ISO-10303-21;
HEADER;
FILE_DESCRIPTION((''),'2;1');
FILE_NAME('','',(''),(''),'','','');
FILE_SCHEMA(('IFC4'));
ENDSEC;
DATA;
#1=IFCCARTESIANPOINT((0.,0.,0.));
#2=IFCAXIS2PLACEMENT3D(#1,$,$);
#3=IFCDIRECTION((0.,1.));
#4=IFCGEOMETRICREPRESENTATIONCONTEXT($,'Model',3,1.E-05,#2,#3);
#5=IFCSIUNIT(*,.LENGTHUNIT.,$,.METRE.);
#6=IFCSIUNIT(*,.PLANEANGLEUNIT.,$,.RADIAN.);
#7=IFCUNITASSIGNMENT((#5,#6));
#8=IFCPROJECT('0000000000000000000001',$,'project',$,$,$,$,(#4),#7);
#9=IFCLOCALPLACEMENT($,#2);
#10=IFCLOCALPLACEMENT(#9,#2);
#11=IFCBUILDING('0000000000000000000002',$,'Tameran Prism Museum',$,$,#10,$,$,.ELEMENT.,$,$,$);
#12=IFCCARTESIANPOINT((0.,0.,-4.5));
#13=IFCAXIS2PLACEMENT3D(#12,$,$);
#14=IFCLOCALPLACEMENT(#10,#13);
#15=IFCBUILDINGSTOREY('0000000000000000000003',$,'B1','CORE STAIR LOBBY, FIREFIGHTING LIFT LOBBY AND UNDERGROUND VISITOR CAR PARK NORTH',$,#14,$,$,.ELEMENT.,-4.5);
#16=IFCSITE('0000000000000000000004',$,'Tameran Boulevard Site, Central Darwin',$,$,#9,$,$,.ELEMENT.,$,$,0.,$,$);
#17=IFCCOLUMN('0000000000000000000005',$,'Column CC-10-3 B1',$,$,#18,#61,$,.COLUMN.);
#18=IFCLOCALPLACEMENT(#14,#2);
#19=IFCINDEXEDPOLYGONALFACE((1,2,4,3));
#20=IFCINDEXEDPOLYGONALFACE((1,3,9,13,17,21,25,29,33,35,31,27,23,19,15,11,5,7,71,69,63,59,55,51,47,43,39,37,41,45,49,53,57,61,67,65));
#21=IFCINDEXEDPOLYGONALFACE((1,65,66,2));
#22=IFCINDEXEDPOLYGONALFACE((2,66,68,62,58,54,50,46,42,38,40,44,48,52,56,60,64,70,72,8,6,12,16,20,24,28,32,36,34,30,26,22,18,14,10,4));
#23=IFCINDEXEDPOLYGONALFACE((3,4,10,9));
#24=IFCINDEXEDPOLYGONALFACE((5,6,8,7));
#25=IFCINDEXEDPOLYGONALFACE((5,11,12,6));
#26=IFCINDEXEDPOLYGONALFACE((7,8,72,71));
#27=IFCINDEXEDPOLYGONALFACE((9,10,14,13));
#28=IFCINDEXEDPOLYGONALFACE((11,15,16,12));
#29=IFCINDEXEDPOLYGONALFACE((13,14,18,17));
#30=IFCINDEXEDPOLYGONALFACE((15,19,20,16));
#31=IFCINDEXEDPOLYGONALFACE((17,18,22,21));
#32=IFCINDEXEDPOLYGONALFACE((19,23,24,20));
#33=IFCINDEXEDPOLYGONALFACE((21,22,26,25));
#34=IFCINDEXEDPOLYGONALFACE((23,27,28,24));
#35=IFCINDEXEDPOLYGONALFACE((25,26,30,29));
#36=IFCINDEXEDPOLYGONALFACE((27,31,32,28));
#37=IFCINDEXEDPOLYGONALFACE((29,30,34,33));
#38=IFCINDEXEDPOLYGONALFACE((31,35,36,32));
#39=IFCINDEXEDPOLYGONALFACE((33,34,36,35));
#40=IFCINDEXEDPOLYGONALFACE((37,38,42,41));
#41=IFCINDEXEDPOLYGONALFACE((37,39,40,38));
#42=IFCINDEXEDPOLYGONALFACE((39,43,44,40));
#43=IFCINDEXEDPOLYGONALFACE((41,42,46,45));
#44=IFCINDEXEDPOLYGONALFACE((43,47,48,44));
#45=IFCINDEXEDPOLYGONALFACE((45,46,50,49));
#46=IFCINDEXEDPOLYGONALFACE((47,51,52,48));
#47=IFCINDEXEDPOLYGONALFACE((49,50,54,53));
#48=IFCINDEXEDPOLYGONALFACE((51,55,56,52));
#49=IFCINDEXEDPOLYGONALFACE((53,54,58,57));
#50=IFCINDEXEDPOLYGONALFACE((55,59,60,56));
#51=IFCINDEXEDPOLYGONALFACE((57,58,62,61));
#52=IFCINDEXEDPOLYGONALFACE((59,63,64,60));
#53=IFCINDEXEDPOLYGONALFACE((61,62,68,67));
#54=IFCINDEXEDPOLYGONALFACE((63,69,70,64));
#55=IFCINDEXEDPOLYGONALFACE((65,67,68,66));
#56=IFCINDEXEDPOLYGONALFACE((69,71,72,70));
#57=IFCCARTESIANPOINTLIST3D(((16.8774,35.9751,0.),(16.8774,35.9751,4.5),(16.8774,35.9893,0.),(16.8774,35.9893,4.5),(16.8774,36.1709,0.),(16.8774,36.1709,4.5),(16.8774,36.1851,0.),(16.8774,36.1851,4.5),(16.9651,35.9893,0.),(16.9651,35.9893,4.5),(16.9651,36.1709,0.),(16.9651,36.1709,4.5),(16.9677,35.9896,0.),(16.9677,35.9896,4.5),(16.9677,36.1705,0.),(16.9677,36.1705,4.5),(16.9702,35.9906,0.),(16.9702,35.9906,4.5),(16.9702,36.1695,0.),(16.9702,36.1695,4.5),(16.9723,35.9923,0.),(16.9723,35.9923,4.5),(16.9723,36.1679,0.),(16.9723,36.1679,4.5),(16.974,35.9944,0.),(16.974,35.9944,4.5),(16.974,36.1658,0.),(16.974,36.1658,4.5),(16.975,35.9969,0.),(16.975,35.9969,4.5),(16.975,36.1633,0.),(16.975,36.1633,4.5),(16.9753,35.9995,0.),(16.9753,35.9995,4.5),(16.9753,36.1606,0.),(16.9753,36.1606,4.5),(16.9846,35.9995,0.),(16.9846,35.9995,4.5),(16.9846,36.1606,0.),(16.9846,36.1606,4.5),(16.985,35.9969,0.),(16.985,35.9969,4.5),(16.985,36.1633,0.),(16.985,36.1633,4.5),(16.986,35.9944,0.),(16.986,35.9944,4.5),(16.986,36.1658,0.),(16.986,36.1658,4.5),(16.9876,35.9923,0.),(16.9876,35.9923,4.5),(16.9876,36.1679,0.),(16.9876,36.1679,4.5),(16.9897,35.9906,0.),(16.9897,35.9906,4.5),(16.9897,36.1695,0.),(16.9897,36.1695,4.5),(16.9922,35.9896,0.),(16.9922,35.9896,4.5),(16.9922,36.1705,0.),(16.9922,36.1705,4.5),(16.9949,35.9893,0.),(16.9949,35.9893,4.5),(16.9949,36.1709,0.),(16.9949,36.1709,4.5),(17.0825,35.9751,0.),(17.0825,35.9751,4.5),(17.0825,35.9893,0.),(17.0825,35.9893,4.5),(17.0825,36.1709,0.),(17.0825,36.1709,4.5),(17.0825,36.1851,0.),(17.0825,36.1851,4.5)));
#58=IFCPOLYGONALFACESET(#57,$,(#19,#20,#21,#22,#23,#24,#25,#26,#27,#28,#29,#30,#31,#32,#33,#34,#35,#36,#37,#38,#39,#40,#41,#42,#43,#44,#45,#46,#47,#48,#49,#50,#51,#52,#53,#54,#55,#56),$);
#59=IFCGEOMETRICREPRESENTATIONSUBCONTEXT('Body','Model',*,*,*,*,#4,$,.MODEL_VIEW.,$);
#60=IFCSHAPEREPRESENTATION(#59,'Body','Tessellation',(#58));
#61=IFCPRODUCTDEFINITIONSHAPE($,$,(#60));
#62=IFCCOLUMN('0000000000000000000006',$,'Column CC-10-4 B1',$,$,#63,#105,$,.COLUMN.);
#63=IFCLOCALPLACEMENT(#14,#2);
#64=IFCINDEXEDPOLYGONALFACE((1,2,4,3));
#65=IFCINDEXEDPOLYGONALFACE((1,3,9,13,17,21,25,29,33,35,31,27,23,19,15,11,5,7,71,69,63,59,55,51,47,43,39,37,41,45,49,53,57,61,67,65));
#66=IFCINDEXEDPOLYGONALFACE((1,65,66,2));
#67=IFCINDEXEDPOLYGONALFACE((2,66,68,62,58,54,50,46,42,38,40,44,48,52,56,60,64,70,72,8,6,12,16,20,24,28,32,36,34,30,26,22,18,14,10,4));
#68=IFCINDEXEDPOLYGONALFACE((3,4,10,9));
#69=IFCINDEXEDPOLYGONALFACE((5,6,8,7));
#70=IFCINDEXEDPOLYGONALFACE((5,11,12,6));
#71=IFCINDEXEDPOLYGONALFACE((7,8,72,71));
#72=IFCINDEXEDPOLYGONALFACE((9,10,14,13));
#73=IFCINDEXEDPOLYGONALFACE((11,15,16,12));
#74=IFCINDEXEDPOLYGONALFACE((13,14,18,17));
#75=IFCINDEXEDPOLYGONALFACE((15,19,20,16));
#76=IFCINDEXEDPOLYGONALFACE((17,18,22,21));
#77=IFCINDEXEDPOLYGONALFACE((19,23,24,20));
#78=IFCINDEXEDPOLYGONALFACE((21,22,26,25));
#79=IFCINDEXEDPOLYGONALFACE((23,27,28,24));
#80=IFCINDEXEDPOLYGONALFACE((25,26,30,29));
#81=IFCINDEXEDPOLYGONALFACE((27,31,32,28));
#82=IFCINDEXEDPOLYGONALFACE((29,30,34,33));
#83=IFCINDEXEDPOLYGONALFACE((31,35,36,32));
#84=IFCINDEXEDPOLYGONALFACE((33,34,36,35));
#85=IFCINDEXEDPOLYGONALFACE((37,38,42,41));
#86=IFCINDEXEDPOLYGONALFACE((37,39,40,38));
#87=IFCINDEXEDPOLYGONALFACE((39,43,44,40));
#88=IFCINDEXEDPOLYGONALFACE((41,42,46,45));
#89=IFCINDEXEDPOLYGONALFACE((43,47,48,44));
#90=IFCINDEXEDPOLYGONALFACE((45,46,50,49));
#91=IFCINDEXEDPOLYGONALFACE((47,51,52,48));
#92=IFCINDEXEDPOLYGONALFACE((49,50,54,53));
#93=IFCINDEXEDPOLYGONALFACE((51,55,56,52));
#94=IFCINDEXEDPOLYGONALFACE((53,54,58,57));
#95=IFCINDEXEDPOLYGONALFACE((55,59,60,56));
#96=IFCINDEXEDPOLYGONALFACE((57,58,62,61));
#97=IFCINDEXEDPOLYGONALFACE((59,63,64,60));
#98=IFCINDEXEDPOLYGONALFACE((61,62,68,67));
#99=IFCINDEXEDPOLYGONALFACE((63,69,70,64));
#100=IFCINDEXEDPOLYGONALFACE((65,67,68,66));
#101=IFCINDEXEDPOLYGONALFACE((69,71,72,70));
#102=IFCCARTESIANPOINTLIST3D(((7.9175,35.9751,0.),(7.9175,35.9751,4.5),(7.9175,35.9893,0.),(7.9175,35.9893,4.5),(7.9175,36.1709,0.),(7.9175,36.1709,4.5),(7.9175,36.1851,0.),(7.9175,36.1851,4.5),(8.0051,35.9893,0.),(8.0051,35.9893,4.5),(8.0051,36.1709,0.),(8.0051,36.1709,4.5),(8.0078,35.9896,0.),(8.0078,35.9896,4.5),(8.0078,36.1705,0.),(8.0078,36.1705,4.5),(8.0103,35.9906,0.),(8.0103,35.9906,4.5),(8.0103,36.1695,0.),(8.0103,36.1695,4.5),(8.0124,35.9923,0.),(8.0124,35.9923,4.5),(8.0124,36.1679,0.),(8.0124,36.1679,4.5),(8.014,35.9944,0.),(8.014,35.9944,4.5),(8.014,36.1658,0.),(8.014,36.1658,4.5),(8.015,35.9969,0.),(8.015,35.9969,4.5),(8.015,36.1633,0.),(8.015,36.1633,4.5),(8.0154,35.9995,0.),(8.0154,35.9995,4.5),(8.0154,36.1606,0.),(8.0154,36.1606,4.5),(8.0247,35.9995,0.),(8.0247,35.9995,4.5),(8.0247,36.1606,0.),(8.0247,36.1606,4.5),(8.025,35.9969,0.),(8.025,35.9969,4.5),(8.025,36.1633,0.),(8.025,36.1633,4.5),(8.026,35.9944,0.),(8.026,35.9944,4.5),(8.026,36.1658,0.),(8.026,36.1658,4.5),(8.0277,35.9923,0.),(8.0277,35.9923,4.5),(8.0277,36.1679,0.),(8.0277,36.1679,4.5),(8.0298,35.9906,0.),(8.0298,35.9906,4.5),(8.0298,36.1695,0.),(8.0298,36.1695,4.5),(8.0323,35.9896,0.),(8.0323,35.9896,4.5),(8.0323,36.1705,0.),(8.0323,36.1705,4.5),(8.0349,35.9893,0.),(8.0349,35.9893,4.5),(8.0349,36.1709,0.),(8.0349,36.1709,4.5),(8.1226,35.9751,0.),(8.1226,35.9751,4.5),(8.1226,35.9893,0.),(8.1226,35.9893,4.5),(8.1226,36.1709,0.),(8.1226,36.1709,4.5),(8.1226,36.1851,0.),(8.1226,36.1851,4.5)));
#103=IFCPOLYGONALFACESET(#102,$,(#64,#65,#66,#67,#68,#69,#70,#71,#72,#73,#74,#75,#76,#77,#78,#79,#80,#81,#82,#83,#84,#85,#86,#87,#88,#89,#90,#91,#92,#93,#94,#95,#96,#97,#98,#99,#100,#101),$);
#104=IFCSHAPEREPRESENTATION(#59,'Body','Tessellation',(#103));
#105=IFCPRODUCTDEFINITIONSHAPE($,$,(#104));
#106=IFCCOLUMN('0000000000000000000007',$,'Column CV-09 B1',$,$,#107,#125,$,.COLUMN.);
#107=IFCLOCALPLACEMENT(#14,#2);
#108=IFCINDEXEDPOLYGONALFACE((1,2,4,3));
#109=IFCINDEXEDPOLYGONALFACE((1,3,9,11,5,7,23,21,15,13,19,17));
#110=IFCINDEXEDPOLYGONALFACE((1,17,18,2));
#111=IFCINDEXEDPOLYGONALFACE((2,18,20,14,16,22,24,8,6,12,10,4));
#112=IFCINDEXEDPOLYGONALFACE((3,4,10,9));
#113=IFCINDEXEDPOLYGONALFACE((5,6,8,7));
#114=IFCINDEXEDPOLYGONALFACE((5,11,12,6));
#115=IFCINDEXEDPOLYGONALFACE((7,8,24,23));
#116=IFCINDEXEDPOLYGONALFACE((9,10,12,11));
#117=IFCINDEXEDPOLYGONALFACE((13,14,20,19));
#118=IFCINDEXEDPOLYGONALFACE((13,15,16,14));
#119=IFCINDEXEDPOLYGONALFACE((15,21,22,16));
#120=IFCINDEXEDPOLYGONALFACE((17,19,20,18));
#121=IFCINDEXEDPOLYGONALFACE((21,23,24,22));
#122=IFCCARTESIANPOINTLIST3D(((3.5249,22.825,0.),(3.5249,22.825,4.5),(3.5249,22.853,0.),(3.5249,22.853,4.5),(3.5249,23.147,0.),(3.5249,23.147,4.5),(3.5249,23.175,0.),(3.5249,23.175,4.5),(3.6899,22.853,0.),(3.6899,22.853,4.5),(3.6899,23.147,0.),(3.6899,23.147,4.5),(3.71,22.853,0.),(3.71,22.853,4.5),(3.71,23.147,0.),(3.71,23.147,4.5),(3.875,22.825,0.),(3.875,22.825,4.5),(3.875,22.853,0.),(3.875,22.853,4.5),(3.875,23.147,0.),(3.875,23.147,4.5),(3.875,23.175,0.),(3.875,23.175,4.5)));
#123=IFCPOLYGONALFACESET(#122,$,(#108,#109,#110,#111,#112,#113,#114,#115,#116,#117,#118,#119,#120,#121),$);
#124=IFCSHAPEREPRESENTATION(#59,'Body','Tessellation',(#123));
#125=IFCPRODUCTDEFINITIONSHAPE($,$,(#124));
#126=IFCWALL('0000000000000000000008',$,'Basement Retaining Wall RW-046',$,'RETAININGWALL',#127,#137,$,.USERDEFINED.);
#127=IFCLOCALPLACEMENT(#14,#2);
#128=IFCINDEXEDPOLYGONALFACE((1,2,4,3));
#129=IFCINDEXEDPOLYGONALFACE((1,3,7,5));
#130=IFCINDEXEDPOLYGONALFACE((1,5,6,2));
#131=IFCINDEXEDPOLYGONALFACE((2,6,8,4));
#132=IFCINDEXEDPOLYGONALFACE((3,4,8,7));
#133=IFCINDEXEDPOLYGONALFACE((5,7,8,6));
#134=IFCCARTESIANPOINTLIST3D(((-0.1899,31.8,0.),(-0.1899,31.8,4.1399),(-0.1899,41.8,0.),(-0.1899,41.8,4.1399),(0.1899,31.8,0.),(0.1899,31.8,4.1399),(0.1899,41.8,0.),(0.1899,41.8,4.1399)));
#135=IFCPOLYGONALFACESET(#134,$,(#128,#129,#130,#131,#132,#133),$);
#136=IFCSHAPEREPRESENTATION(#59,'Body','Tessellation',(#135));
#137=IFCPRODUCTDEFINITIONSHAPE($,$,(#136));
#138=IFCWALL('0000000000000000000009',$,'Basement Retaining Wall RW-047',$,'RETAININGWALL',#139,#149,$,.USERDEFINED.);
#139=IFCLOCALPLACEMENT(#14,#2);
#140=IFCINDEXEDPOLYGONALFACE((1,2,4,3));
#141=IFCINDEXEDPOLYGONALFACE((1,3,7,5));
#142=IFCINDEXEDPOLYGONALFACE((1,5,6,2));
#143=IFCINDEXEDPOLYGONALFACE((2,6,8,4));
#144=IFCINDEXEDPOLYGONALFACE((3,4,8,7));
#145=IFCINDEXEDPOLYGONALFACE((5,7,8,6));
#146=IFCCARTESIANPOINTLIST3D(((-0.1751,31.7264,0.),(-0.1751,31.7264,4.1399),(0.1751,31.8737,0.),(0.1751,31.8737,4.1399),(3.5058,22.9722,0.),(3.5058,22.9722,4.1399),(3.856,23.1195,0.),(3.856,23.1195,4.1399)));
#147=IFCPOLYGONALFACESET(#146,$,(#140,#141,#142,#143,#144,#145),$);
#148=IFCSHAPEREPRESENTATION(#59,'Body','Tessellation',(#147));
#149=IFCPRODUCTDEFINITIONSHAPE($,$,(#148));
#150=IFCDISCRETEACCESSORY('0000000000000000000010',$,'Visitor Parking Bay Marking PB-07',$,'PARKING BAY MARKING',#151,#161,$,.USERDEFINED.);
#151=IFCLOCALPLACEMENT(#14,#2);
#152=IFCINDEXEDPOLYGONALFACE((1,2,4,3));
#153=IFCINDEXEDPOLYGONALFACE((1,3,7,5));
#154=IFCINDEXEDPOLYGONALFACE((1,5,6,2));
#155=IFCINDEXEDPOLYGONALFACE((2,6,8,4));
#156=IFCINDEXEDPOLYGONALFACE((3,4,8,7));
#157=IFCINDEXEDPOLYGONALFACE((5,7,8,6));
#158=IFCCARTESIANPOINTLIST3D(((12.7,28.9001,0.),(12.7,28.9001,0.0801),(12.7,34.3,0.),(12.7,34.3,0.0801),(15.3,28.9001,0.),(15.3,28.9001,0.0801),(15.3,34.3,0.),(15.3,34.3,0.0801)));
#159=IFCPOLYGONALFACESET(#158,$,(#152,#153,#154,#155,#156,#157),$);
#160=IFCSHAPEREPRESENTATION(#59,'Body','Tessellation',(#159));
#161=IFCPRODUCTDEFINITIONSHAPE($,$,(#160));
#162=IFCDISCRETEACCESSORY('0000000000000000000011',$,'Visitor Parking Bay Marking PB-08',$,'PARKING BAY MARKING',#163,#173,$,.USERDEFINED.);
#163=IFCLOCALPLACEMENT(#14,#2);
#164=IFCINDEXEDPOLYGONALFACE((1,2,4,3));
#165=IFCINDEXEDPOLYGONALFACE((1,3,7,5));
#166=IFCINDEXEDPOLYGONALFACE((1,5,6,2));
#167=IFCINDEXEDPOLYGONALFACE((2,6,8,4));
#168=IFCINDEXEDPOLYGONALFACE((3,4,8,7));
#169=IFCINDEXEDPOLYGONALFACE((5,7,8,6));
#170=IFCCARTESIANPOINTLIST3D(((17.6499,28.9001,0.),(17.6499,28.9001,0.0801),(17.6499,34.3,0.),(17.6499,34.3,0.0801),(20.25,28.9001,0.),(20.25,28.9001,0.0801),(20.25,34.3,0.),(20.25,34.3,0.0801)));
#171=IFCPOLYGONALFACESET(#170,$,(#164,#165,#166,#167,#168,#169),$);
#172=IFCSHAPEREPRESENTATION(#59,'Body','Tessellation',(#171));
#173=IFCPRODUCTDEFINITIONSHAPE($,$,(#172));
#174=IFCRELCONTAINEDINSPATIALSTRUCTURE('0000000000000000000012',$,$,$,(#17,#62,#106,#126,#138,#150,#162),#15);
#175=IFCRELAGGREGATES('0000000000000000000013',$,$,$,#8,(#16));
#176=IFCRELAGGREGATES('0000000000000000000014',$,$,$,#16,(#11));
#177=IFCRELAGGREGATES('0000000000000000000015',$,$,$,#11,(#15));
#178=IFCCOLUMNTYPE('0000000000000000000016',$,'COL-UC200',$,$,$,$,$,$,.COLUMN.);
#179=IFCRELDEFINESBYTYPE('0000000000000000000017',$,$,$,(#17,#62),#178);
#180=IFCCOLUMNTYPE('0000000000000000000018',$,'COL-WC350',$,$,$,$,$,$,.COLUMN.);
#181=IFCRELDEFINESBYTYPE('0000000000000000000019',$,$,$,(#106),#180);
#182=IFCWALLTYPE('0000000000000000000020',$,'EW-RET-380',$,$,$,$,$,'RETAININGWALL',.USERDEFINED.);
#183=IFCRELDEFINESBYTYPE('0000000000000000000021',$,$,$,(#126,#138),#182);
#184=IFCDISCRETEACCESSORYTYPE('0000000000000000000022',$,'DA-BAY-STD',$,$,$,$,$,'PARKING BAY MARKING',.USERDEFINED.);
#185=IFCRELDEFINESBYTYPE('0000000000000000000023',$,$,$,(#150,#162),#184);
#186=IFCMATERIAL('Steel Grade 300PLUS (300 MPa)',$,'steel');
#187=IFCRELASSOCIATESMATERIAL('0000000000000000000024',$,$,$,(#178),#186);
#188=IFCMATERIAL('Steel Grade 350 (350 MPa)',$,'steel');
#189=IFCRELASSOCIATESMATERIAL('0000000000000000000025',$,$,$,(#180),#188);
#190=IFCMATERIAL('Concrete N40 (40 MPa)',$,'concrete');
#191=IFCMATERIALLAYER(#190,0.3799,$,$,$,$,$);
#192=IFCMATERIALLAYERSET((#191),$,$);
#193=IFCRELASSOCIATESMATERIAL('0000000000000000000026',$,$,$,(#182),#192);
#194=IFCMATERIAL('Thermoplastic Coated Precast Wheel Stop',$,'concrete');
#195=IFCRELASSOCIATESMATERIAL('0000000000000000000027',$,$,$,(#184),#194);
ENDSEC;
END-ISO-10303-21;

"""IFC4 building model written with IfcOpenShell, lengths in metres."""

from ifc_helpers import new_model, si_unit, direction, frame, frame_2d, origin, origin_2d, place, context, subcontext, project, spatial, rectangle, i_section, extrude, material, layer, layer_set, material_profile, profile_set, type_object, element, save


model = new_model("IFC4")

# Units and contexts
model_context = context("Model", 3, precision=1e-05, world=origin(), true_north=direction((0.0, 1.0)))
body_context = subcontext(model_context, "Body", "Model", "MODEL_VIEW")
ifc_project = project(units=[si_unit("LENGTHUNIT", "METRE"), si_unit("PLANEANGLEUNIT", "RADIAN")], contexts=[model_context])

# Site, building, storey
site_placement = place(None, origin())
site = spatial("IfcSite", under=ifc_project, at=site_placement, Name="Tameran Boulevard Site, Central Darwin", CompositionType="ELEMENT", RefElevation=0.0)
building_placement = place(site_placement, origin())
building = spatial("IfcBuilding", under=site, at=building_placement, Name="Tameran Prism Museum", CompositionType="ELEMENT")
storey_placement = place(building_placement, frame((0.0, 0.0, -4.5)))
storey = spatial("IfcBuildingStorey", under=building, at=storey_placement, Name="B1", Description="CORE STAIR LOBBY, FIREFIGHTING LIFT LOBBY AND UNDERGROUND VISITOR CAR PARK NORTH", CompositionType="ELEMENT", Elevation=-4.5)

# Columns
ifc_material_1 = material(Name="Steel Grade 300PLUS (300 MPa)", Category="steel")
ifc_material_profile_1 = material_profile(ifc_material_1, i_section(OverallWidth=0.2051, OverallDepth=0.21, WebThickness=0.0093, FlangeThickness=0.0142, FilletRadius=0.0103, at=origin_2d()))
ifc_profile_set_1 = profile_set([ifc_material_profile_1])
column_type_1 = type_object("IfcColumnType", Name="COL-UC200", PredefinedType="COLUMN", material=ifc_profile_set_1)
for number, where, z_axis, x_axis, name in (
    (1, (16.98, 36.0801, 0.0), (0.0, 0.0, 1.0), (1.0, 0.0, 0.0), "Column CC-10-3 B1"),
    (2, (8.02, 36.0801, 0.0), (0.0, 0.0, 1.0), (1.0, 0.0, 0.0), "Column CC-10-4 B1"),
):
    element("IfcColumn", number, at=place(storey_placement, frame(where, z_axis=z_axis, x_axis=x_axis)), inside=storey, type_object=column_type_1, Name=name, PredefinedType="COLUMN", context=body_context, shape_type="SweptSolid", body=[
        extrude(i_section(OverallWidth=0.2051, OverallDepth=0.21, WebThickness=0.0093, FlangeThickness=0.0142, FilletRadius=0.0103, at=origin_2d()), origin(), (0.0, 0.0, 1.0), 4.5),
    ])
ifc_material_2 = material(Name="Steel Grade 350 (350 MPa)", Category="steel")
ifc_material_profile_2 = material_profile(ifc_material_2, i_section(OverallWidth=0.3501, OverallDepth=0.3501, WebThickness=0.02, FlangeThickness=0.0281, at=origin_2d()))
ifc_profile_set_2 = profile_set([ifc_material_profile_2])
column_type_2 = type_object("IfcColumnType", Name="COL-WC350", PredefinedType="COLUMN", material=ifc_profile_set_2)
column_placement = place(storey_placement, frame((3.7, 23.0, 0.0), z_axis=(0.0, 0.0, 1.0), x_axis=(1.0, 0.0, 0.0)))
element("IfcColumn", 3, at=column_placement, inside=storey, type_object=column_type_2, Name="Column CV-09 B1", PredefinedType="COLUMN", context=body_context, shape_type="SweptSolid", body=[
    extrude(i_section(OverallWidth=0.3501, OverallDepth=0.3501, WebThickness=0.02, FlangeThickness=0.0281, at=origin_2d()), origin(), (0.0, 0.0, 1.0), 4.5),
])

# Walls
ifc_material_3 = material(Name="Concrete N40 (40 MPa)", Category="concrete")
ifc_layer = layer(ifc_material_3, 0.3799)
ifc_layer_set = layer_set([ifc_layer])
wall_type = type_object("IfcWallType", Name="EW-RET-380", ElementType="RETAININGWALL", PredefinedType="USERDEFINED", material=ifc_layer_set)
wall_1_placement = place(storey_placement, frame((0.0, 41.8, 0.0), z_axis=(0.0, 0.0, 1.0), x_axis=(0.0, -1.0, 0.0)))
element("IfcWall", 4, at=wall_1_placement, inside=storey, type_object=wall_type, Name="Basement Retaining Wall RW-046", ObjectType="RETAININGWALL", PredefinedType="USERDEFINED", context=body_context, shape_type="SweptSolid", body=[
    extrude(rectangle(XDim=10.0, YDim=0.3799, at=frame_2d((5.0, 0.0))), origin(), (0.0, 0.0, 1.0), 4.1399),
])
wall_2_placement = place(storey_placement, frame((0.0, 31.8, 0.0), z_axis=(0.0, 0.0, 1.0), x_axis=(0.387605, -0.921825, 0.0)))
element("IfcWall", 5, at=wall_2_placement, inside=storey, type_object=wall_type, Name="Basement Retaining Wall RW-047", ObjectType="RETAININGWALL", PredefinedType="USERDEFINED", context=body_context, shape_type="SweptSolid", body=[
    extrude(rectangle(XDim=9.4966, YDim=0.3799, at=frame_2d((4.7483, 0.0))), origin(), (0.0, 0.0, 1.0), 4.1399),
])

# Discrete accessories
ifc_material_4 = material(Name="Thermoplastic Coated Precast Wheel Stop", Category="concrete")
discrete_accessory_type = type_object("IfcDiscreteAccessoryType", Name="DA-BAY-STD", ElementType="PARKING BAY MARKING", PredefinedType="USERDEFINED", material=ifc_material_4)
for number, where, z_axis, x_axis, name in (
    (6, (14.0, 31.6001, 0.0), (0.0, 0.0, 1.0), (1.0, 0.0, 0.0), "Visitor Parking Bay Marking PB-07"),
    (7, (18.95, 31.6001, 0.0), (0.0, 0.0, 1.0), (1.0, 0.0, 0.0), "Visitor Parking Bay Marking PB-08"),
):
    element("IfcDiscreteAccessory", number, at=place(storey_placement, frame(where, z_axis=z_axis, x_axis=x_axis)), inside=storey, type_object=discrete_accessory_type, Name=name, ObjectType="PARKING BAY MARKING", PredefinedType="USERDEFINED", context=body_context, shape_type="SweptSolid", body=[
        extrude(rectangle(XDim=2.6001, YDim=5.3999, at=origin_2d()), origin(), (0.0, 0.0, 1.0), 0.0801),
    ])

save(model, "model.ifc")
